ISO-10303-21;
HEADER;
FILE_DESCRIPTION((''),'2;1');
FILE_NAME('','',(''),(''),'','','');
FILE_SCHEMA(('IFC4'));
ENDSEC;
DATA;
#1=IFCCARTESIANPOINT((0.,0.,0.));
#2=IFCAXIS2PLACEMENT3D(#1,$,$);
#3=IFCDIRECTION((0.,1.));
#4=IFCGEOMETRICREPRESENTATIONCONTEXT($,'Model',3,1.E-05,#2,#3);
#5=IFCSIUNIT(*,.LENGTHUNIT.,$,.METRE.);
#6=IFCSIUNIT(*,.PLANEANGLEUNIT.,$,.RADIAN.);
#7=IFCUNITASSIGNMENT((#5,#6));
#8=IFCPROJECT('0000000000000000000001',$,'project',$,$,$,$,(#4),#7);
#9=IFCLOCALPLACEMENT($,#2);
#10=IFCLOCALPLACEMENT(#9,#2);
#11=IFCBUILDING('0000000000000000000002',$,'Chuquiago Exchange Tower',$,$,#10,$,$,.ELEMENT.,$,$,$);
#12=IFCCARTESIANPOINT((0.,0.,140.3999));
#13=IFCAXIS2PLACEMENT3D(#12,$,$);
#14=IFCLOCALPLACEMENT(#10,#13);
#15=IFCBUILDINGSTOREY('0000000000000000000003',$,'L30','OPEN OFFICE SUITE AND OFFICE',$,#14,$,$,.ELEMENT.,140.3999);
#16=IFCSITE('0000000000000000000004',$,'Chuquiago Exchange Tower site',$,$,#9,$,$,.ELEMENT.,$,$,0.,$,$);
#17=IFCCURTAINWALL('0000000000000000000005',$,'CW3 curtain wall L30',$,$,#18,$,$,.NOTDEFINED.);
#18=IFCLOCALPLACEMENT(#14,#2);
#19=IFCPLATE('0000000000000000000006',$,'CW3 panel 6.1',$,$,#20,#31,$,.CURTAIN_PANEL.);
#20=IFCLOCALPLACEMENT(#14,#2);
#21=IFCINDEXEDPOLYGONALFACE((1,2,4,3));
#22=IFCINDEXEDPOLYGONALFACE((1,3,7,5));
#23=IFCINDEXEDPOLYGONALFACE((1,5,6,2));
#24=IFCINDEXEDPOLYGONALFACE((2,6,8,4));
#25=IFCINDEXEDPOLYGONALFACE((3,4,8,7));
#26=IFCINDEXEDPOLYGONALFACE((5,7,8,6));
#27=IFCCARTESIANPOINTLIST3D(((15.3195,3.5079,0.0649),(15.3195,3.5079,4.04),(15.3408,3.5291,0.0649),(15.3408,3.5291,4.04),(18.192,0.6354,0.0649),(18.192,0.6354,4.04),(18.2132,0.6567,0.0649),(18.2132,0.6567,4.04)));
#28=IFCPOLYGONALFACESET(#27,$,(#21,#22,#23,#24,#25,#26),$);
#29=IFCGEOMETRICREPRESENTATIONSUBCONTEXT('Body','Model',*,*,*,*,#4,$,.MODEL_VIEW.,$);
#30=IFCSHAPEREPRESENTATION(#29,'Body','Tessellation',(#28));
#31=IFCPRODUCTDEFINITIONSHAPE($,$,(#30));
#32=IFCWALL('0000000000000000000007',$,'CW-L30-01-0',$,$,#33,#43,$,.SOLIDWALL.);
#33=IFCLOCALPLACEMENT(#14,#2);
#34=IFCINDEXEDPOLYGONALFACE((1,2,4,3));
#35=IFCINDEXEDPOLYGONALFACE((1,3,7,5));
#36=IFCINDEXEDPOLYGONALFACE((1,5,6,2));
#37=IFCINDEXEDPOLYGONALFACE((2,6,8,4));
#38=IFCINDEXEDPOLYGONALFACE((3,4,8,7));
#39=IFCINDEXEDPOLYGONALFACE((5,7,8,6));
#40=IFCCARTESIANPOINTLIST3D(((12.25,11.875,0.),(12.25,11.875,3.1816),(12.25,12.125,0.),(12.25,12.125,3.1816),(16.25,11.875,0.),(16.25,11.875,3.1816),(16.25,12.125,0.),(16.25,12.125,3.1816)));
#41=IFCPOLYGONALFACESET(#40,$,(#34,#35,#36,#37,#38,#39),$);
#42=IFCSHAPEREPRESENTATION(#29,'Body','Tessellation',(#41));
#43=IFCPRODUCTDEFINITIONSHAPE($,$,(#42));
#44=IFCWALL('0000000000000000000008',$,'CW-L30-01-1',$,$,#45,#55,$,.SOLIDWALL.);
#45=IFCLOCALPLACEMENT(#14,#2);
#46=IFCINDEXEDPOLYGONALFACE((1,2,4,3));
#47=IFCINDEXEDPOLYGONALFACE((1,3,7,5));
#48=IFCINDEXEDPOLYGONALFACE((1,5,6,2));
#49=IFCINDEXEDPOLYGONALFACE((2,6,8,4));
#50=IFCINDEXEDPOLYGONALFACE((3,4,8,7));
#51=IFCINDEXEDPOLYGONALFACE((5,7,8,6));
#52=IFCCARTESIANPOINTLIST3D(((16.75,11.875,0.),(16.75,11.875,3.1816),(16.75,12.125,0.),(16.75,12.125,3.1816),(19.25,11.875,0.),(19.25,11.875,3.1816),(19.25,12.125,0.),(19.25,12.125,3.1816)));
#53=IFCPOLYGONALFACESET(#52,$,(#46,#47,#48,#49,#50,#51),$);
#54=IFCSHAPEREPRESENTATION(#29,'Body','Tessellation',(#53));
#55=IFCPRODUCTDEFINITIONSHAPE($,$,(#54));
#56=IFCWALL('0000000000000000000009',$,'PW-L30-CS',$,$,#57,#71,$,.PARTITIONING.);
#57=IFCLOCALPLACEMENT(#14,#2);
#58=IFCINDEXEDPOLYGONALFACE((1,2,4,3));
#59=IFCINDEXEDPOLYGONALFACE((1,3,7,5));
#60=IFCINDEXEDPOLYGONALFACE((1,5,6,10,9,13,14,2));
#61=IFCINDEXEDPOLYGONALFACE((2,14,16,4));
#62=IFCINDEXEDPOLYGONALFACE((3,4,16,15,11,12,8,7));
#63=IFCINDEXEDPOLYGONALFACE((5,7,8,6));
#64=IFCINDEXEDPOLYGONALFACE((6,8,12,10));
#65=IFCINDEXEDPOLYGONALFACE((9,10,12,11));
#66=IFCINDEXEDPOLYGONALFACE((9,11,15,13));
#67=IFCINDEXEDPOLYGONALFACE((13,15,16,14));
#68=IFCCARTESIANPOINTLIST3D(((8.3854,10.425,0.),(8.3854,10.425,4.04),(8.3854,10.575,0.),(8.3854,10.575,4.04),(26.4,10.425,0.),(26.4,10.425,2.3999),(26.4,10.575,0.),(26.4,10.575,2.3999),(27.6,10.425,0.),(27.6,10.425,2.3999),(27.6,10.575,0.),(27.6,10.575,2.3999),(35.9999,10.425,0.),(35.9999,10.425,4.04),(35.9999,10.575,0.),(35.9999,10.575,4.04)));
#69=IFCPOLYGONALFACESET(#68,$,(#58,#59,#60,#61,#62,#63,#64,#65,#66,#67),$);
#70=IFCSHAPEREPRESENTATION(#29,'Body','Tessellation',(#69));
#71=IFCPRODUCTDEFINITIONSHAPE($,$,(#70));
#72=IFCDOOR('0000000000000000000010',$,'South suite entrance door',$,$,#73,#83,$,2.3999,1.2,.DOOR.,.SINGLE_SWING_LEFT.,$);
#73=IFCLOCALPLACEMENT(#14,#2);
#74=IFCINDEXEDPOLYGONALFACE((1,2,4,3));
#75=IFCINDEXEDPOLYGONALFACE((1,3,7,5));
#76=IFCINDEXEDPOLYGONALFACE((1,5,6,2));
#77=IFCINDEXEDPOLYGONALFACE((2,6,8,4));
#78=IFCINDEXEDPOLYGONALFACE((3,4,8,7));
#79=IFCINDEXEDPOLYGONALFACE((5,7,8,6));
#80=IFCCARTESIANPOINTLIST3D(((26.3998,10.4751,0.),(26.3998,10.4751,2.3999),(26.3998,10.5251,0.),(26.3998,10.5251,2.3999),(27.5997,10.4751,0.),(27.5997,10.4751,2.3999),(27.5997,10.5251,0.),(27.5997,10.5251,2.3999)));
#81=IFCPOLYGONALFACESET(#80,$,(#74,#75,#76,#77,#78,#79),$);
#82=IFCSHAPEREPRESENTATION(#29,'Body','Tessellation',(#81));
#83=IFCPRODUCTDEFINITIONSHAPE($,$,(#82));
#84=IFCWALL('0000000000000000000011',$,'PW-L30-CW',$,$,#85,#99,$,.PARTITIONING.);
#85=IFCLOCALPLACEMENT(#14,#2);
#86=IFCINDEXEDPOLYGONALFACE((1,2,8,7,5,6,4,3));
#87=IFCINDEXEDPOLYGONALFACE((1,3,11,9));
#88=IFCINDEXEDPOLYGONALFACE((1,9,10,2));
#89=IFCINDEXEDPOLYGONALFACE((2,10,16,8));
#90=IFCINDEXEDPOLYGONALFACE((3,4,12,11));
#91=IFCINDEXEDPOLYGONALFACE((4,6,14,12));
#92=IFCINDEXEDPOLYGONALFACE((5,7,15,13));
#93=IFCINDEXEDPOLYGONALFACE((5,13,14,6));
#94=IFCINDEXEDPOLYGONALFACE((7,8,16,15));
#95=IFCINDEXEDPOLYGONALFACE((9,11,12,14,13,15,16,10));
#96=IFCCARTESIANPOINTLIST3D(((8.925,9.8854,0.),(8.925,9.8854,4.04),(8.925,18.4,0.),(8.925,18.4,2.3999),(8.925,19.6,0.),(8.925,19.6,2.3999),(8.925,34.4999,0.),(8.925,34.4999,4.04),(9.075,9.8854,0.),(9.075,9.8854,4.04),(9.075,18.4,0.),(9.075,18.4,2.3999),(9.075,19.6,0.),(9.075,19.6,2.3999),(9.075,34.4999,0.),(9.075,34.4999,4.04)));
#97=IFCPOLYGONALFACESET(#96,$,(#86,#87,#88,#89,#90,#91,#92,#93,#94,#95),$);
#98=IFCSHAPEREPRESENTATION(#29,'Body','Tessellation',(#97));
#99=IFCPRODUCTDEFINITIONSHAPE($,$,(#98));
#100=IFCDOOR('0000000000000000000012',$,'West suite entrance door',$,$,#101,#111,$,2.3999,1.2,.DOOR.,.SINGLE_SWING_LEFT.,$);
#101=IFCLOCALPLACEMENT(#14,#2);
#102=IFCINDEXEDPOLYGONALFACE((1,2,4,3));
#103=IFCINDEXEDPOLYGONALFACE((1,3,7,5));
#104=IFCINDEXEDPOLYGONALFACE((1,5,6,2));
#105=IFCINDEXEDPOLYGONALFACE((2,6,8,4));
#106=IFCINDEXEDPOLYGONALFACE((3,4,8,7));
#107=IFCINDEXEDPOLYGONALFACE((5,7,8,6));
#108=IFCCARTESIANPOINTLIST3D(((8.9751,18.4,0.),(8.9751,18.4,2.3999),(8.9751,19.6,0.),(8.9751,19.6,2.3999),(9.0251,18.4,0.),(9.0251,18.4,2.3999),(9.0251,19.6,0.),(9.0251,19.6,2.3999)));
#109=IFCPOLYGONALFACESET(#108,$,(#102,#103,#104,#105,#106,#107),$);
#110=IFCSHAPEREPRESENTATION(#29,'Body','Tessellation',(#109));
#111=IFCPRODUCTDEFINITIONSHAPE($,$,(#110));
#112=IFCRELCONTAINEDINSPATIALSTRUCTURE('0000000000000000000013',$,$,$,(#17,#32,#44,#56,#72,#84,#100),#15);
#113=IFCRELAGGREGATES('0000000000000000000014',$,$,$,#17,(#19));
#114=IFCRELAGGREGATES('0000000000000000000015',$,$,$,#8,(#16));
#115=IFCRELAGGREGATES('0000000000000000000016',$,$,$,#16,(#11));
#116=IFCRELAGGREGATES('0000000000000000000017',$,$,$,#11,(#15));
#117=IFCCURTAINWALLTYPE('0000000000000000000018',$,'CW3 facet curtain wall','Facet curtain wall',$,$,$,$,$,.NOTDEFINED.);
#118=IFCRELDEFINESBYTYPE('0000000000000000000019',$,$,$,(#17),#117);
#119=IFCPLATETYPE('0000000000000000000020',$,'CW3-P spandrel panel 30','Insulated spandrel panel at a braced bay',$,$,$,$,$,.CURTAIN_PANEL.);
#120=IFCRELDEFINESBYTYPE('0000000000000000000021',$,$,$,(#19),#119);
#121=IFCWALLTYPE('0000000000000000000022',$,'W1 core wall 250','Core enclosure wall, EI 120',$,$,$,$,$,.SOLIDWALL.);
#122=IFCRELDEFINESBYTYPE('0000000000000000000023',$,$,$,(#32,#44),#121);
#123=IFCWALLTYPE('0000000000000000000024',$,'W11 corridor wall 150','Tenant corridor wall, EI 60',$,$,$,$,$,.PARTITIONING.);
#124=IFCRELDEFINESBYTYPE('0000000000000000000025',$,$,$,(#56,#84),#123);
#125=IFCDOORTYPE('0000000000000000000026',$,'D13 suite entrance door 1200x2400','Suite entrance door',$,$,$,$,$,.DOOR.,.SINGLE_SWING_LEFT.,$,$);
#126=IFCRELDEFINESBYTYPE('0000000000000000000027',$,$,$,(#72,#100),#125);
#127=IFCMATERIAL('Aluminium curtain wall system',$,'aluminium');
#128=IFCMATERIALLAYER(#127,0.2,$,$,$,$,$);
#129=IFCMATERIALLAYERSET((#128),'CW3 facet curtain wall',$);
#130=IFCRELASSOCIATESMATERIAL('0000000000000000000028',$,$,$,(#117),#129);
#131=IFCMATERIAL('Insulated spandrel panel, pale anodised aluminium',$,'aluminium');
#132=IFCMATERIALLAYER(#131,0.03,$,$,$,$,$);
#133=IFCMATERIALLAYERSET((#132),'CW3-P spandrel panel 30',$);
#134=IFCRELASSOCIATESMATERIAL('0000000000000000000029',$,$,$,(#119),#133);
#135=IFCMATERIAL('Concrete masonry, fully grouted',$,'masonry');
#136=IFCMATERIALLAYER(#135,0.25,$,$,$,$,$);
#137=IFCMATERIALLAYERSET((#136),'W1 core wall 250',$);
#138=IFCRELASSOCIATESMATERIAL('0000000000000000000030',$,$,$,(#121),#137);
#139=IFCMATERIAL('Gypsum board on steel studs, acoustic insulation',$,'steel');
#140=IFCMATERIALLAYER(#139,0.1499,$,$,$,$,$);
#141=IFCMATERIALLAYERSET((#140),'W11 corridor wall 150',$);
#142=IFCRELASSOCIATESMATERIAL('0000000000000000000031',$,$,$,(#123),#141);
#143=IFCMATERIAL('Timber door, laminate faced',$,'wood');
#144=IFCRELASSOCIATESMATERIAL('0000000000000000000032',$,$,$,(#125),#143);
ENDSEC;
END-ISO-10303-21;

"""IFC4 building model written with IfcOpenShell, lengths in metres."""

from ifc_helpers import new_model, si_unit, direction, frame, frame_2d, origin, origin_2d, place, context, subcontext, project, spatial, rectangle, extrude, material, layer, layer_set, type_object, element, fill, aggregate, save


model = new_model("IFC4")

# Units and contexts
model_context = context("Model", 3, precision=1e-05, world=origin(), true_north=direction((0.0, 1.0)))
body_context = subcontext(model_context, "Body", "Model", "MODEL_VIEW")
ifc_project = project(units=[si_unit("LENGTHUNIT", "METRE"), si_unit("PLANEANGLEUNIT", "RADIAN")], contexts=[model_context])

# Site, building, storey
site_placement = place(None, origin())
site = spatial("IfcSite", under=ifc_project, at=site_placement, Name="Chuquiago Exchange Tower site", CompositionType="ELEMENT", RefElevation=0.0)
building_placement = place(site_placement, origin())
building = spatial("IfcBuilding", under=site, at=building_placement, Name="Chuquiago Exchange Tower", CompositionType="ELEMENT")
storey_placement = place(building_placement, frame((0.0, 0.0, 140.3999)))
storey = spatial("IfcBuildingStorey", under=building, at=storey_placement, Name="L30", Description="OPEN OFFICE SUITE AND OFFICE", CompositionType="ELEMENT", Elevation=140.3999)

# Curtain wall
ifc_material_1 = material(Name="Aluminium curtain wall system", Category="aluminium")
ifc_layer_1 = layer(ifc_material_1, 0.2)
ifc_layer_set_1 = layer_set([ifc_layer_1], Name="CW3 facet curtain wall")
curtain_wall_type = type_object("IfcCurtainWallType", Name="CW3 facet curtain wall", Description="Facet curtain wall", PredefinedType="NOTDEFINED", material=ifc_layer_set_1)
curtain_wall_placement = place(storey_placement, origin())
curtain_wall = element("IfcCurtainWall", 1, at=curtain_wall_placement, inside=storey, type_object=curtain_wall_type, Name="CW3 curtain wall L30", PredefinedType="NOTDEFINED")

# Plate
ifc_material_2 = material(Name="Insulated spandrel panel, pale anodised aluminium", Category="aluminium")
ifc_layer_2 = layer(ifc_material_2, 0.03)
ifc_layer_set_2 = layer_set([ifc_layer_2], Name="CW3-P spandrel panel 30")
plate_type = type_object("IfcPlateType", Name="CW3-P spandrel panel 30", Description="Insulated spandrel panel at a braced bay", PredefinedType="CURTAIN_PANEL", material=ifc_layer_set_2)
plate_1_placement = place(storey_placement, frame((16.7664, 2.0823, 0.0649), z_axis=(0.0, 0.0, 1.0), x_axis=(0.707107, -0.707107, 0.0)))
plate_1 = element("IfcPlate", 2, at=plate_1_placement, type_object=plate_type, Name="CW3 panel 6.1", PredefinedType="CURTAIN_PANEL", context=body_context, shape_type="SweptSolid", body=[
    extrude(rectangle(XDim=4.0623, YDim=0.03, at=origin_2d()), origin(), (0.0, 0.0, 1.0), 3.9751),
])
aggregate(curtain_wall, [plate_1])

# Walls
ifc_material_3 = material(Name="Concrete masonry, fully grouted", Category="masonry")
ifc_layer_3 = layer(ifc_material_3, 0.25)
ifc_layer_set_3 = layer_set([ifc_layer_3], Name="W1 core wall 250")
wall_type_1 = type_object("IfcWallType", Name="W1 core wall 250", Description="Core enclosure wall, EI 120", PredefinedType="SOLIDWALL", material=ifc_layer_set_3)
wall_1_placement = place(storey_placement, frame((12.25, 12.0, 0.0), z_axis=(0.0, 0.0, 1.0), x_axis=(1.0, 0.0, 0.0)))
element("IfcWall", 3, at=wall_1_placement, inside=storey, type_object=wall_type_1, Name="CW-L30-01-0", PredefinedType="SOLIDWALL", context=body_context, shape_type="SweptSolid", body=[
    extrude(rectangle(XDim=4.0, YDim=0.25, at=frame_2d((2.0, 0.0))), origin(), (0.0, 0.0, 1.0), 3.1816),
])
wall_2_placement = place(storey_placement, frame((16.75, 12.0, 0.0), z_axis=(0.0, 0.0, 1.0), x_axis=(1.0, 0.0, 0.0)))
element("IfcWall", 4, at=wall_2_placement, inside=storey, type_object=wall_type_1, Name="CW-L30-01-1", PredefinedType="SOLIDWALL", context=body_context, shape_type="SweptSolid", body=[
    extrude(rectangle(XDim=2.5, YDim=0.25, at=frame_2d((1.25, 0.0))), origin(), (0.0, 0.0, 1.0), 3.1816),
])

# Walls, openings, doors
ifc_material_4 = material(Name="Gypsum board on steel studs, acoustic insulation", Category="steel")
ifc_layer_4 = layer(ifc_material_4, 0.1499)
ifc_layer_set_4 = layer_set([ifc_layer_4], Name="W11 corridor wall 150")
wall_type_2 = type_object("IfcWallType", Name="W11 corridor wall 150", Description="Tenant corridor wall, EI 60", PredefinedType="PARTITIONING", material=ifc_layer_set_4)
wall_3_placement = place(storey_placement, frame((8.3855, 10.5, 0.0), z_axis=(0.0, 0.0, 1.0), x_axis=(1.0, 0.0, 0.0)))
wall_3 = element("IfcWall", 5, at=wall_3_placement, inside=storey, type_object=wall_type_2, Name="PW-L30-CS", PredefinedType="PARTITIONING", context=body_context, shape_type="SweptSolid", body=[
    extrude(rectangle(XDim=27.6145, YDim=0.1499, at=frame_2d((13.8071, 0.0))), origin(), (0.0, 0.0, 1.0), 4.04),
])
opening_1_placement = place(wall_3_placement, frame((18.0144, 0.0, 0.0)))
opening_1 = element("IfcOpeningElement", 6, at=opening_1_placement, cuts=wall_3, PredefinedType="OPENING", context=body_context, shape_type="SweptSolid", body=[
    extrude(rectangle(XDim=1.2, YDim=2.3999, at=frame_2d((0.6001, 1.2))), frame((0.0, 0.085, 0.0), z_axis=(0.0, -1.0, 0.0), x_axis=(1.0, 0.0, 0.0)), (0.0, 0.0, 1.0), 0.1699),
])
ifc_material_5 = material(Name="Timber door, laminate faced", Category="wood")
door_type = type_object("IfcDoorType", Name="D13 suite entrance door 1200x2400", Description="Suite entrance door", OperationType="SINGLE_SWING_LEFT", PredefinedType="DOOR", material=ifc_material_5)
door_1_placement = place(opening_1_placement, frame((1.2, 0.0, 0.0), z_axis=(0.0, 0.0, 1.0), x_axis=(-1.0, 0.0, 0.0)))
door_1 = element("IfcDoor", 7, at=door_1_placement, inside=storey, type_object=door_type, Name="South suite entrance door", OperationType="SINGLE_SWING_LEFT", OverallHeight=2.3999, OverallWidth=1.2, PredefinedType="DOOR", context=body_context, shape_type="SweptSolid", body=[
    extrude(rectangle(XDim=1.2, YDim=2.3999, at=frame_2d((0.6001, 1.2))), frame((0.0, 0.0249, 0.0), z_axis=(0.0, -1.0, 0.0), x_axis=(1.0, 0.0, 0.0)), (0.0, 0.0, 1.0), 0.05),
])
fill(opening_1, door_1)
wall_4_placement = place(storey_placement, frame((9.0, 9.8855, 0.0), z_axis=(0.0, 0.0, 1.0), x_axis=(0.0, 1.0, 0.0)))
wall_4 = element("IfcWall", 8, at=wall_4_placement, inside=storey, type_object=wall_type_2, Name="PW-L30-CW", PredefinedType="PARTITIONING", context=body_context, shape_type="SweptSolid", body=[
    extrude(rectangle(XDim=24.6145, YDim=0.1499, at=frame_2d((12.3071, 0.0))), origin(), (0.0, 0.0, 1.0), 4.04),
])
opening_2_placement = place(wall_4_placement, frame((8.5144, 0.0, 0.0)))
opening_2 = element("IfcOpeningElement", 9, at=opening_2_placement, cuts=wall_4, PredefinedType="OPENING", context=body_context, shape_type="SweptSolid", body=[
    extrude(rectangle(XDim=1.2, YDim=2.3999, at=frame_2d((0.6001, 1.2))), frame((0.0, 0.085, 0.0), z_axis=(0.0, -1.0, 0.0), x_axis=(1.0, 0.0, 0.0)), (0.0, 0.0, 1.0), 0.1699),
])
door_2_placement = place(opening_2_placement, origin())
door_2 = element("IfcDoor", 10, at=door_2_placement, inside=storey, type_object=door_type, Name="West suite entrance door", OperationType="SINGLE_SWING_LEFT", OverallHeight=2.3999, OverallWidth=1.2, PredefinedType="DOOR", context=body_context, shape_type="SweptSolid", body=[
    extrude(rectangle(XDim=1.2, YDim=2.3999, at=frame_2d((0.6001, 1.2))), frame((0.0, 0.0249, 0.0), z_axis=(0.0, -1.0, 0.0), x_axis=(1.0, 0.0, 0.0)), (0.0, 0.0, 1.0), 0.05),
])
fill(opening_2, door_2)

save(model, "model.ifc")
